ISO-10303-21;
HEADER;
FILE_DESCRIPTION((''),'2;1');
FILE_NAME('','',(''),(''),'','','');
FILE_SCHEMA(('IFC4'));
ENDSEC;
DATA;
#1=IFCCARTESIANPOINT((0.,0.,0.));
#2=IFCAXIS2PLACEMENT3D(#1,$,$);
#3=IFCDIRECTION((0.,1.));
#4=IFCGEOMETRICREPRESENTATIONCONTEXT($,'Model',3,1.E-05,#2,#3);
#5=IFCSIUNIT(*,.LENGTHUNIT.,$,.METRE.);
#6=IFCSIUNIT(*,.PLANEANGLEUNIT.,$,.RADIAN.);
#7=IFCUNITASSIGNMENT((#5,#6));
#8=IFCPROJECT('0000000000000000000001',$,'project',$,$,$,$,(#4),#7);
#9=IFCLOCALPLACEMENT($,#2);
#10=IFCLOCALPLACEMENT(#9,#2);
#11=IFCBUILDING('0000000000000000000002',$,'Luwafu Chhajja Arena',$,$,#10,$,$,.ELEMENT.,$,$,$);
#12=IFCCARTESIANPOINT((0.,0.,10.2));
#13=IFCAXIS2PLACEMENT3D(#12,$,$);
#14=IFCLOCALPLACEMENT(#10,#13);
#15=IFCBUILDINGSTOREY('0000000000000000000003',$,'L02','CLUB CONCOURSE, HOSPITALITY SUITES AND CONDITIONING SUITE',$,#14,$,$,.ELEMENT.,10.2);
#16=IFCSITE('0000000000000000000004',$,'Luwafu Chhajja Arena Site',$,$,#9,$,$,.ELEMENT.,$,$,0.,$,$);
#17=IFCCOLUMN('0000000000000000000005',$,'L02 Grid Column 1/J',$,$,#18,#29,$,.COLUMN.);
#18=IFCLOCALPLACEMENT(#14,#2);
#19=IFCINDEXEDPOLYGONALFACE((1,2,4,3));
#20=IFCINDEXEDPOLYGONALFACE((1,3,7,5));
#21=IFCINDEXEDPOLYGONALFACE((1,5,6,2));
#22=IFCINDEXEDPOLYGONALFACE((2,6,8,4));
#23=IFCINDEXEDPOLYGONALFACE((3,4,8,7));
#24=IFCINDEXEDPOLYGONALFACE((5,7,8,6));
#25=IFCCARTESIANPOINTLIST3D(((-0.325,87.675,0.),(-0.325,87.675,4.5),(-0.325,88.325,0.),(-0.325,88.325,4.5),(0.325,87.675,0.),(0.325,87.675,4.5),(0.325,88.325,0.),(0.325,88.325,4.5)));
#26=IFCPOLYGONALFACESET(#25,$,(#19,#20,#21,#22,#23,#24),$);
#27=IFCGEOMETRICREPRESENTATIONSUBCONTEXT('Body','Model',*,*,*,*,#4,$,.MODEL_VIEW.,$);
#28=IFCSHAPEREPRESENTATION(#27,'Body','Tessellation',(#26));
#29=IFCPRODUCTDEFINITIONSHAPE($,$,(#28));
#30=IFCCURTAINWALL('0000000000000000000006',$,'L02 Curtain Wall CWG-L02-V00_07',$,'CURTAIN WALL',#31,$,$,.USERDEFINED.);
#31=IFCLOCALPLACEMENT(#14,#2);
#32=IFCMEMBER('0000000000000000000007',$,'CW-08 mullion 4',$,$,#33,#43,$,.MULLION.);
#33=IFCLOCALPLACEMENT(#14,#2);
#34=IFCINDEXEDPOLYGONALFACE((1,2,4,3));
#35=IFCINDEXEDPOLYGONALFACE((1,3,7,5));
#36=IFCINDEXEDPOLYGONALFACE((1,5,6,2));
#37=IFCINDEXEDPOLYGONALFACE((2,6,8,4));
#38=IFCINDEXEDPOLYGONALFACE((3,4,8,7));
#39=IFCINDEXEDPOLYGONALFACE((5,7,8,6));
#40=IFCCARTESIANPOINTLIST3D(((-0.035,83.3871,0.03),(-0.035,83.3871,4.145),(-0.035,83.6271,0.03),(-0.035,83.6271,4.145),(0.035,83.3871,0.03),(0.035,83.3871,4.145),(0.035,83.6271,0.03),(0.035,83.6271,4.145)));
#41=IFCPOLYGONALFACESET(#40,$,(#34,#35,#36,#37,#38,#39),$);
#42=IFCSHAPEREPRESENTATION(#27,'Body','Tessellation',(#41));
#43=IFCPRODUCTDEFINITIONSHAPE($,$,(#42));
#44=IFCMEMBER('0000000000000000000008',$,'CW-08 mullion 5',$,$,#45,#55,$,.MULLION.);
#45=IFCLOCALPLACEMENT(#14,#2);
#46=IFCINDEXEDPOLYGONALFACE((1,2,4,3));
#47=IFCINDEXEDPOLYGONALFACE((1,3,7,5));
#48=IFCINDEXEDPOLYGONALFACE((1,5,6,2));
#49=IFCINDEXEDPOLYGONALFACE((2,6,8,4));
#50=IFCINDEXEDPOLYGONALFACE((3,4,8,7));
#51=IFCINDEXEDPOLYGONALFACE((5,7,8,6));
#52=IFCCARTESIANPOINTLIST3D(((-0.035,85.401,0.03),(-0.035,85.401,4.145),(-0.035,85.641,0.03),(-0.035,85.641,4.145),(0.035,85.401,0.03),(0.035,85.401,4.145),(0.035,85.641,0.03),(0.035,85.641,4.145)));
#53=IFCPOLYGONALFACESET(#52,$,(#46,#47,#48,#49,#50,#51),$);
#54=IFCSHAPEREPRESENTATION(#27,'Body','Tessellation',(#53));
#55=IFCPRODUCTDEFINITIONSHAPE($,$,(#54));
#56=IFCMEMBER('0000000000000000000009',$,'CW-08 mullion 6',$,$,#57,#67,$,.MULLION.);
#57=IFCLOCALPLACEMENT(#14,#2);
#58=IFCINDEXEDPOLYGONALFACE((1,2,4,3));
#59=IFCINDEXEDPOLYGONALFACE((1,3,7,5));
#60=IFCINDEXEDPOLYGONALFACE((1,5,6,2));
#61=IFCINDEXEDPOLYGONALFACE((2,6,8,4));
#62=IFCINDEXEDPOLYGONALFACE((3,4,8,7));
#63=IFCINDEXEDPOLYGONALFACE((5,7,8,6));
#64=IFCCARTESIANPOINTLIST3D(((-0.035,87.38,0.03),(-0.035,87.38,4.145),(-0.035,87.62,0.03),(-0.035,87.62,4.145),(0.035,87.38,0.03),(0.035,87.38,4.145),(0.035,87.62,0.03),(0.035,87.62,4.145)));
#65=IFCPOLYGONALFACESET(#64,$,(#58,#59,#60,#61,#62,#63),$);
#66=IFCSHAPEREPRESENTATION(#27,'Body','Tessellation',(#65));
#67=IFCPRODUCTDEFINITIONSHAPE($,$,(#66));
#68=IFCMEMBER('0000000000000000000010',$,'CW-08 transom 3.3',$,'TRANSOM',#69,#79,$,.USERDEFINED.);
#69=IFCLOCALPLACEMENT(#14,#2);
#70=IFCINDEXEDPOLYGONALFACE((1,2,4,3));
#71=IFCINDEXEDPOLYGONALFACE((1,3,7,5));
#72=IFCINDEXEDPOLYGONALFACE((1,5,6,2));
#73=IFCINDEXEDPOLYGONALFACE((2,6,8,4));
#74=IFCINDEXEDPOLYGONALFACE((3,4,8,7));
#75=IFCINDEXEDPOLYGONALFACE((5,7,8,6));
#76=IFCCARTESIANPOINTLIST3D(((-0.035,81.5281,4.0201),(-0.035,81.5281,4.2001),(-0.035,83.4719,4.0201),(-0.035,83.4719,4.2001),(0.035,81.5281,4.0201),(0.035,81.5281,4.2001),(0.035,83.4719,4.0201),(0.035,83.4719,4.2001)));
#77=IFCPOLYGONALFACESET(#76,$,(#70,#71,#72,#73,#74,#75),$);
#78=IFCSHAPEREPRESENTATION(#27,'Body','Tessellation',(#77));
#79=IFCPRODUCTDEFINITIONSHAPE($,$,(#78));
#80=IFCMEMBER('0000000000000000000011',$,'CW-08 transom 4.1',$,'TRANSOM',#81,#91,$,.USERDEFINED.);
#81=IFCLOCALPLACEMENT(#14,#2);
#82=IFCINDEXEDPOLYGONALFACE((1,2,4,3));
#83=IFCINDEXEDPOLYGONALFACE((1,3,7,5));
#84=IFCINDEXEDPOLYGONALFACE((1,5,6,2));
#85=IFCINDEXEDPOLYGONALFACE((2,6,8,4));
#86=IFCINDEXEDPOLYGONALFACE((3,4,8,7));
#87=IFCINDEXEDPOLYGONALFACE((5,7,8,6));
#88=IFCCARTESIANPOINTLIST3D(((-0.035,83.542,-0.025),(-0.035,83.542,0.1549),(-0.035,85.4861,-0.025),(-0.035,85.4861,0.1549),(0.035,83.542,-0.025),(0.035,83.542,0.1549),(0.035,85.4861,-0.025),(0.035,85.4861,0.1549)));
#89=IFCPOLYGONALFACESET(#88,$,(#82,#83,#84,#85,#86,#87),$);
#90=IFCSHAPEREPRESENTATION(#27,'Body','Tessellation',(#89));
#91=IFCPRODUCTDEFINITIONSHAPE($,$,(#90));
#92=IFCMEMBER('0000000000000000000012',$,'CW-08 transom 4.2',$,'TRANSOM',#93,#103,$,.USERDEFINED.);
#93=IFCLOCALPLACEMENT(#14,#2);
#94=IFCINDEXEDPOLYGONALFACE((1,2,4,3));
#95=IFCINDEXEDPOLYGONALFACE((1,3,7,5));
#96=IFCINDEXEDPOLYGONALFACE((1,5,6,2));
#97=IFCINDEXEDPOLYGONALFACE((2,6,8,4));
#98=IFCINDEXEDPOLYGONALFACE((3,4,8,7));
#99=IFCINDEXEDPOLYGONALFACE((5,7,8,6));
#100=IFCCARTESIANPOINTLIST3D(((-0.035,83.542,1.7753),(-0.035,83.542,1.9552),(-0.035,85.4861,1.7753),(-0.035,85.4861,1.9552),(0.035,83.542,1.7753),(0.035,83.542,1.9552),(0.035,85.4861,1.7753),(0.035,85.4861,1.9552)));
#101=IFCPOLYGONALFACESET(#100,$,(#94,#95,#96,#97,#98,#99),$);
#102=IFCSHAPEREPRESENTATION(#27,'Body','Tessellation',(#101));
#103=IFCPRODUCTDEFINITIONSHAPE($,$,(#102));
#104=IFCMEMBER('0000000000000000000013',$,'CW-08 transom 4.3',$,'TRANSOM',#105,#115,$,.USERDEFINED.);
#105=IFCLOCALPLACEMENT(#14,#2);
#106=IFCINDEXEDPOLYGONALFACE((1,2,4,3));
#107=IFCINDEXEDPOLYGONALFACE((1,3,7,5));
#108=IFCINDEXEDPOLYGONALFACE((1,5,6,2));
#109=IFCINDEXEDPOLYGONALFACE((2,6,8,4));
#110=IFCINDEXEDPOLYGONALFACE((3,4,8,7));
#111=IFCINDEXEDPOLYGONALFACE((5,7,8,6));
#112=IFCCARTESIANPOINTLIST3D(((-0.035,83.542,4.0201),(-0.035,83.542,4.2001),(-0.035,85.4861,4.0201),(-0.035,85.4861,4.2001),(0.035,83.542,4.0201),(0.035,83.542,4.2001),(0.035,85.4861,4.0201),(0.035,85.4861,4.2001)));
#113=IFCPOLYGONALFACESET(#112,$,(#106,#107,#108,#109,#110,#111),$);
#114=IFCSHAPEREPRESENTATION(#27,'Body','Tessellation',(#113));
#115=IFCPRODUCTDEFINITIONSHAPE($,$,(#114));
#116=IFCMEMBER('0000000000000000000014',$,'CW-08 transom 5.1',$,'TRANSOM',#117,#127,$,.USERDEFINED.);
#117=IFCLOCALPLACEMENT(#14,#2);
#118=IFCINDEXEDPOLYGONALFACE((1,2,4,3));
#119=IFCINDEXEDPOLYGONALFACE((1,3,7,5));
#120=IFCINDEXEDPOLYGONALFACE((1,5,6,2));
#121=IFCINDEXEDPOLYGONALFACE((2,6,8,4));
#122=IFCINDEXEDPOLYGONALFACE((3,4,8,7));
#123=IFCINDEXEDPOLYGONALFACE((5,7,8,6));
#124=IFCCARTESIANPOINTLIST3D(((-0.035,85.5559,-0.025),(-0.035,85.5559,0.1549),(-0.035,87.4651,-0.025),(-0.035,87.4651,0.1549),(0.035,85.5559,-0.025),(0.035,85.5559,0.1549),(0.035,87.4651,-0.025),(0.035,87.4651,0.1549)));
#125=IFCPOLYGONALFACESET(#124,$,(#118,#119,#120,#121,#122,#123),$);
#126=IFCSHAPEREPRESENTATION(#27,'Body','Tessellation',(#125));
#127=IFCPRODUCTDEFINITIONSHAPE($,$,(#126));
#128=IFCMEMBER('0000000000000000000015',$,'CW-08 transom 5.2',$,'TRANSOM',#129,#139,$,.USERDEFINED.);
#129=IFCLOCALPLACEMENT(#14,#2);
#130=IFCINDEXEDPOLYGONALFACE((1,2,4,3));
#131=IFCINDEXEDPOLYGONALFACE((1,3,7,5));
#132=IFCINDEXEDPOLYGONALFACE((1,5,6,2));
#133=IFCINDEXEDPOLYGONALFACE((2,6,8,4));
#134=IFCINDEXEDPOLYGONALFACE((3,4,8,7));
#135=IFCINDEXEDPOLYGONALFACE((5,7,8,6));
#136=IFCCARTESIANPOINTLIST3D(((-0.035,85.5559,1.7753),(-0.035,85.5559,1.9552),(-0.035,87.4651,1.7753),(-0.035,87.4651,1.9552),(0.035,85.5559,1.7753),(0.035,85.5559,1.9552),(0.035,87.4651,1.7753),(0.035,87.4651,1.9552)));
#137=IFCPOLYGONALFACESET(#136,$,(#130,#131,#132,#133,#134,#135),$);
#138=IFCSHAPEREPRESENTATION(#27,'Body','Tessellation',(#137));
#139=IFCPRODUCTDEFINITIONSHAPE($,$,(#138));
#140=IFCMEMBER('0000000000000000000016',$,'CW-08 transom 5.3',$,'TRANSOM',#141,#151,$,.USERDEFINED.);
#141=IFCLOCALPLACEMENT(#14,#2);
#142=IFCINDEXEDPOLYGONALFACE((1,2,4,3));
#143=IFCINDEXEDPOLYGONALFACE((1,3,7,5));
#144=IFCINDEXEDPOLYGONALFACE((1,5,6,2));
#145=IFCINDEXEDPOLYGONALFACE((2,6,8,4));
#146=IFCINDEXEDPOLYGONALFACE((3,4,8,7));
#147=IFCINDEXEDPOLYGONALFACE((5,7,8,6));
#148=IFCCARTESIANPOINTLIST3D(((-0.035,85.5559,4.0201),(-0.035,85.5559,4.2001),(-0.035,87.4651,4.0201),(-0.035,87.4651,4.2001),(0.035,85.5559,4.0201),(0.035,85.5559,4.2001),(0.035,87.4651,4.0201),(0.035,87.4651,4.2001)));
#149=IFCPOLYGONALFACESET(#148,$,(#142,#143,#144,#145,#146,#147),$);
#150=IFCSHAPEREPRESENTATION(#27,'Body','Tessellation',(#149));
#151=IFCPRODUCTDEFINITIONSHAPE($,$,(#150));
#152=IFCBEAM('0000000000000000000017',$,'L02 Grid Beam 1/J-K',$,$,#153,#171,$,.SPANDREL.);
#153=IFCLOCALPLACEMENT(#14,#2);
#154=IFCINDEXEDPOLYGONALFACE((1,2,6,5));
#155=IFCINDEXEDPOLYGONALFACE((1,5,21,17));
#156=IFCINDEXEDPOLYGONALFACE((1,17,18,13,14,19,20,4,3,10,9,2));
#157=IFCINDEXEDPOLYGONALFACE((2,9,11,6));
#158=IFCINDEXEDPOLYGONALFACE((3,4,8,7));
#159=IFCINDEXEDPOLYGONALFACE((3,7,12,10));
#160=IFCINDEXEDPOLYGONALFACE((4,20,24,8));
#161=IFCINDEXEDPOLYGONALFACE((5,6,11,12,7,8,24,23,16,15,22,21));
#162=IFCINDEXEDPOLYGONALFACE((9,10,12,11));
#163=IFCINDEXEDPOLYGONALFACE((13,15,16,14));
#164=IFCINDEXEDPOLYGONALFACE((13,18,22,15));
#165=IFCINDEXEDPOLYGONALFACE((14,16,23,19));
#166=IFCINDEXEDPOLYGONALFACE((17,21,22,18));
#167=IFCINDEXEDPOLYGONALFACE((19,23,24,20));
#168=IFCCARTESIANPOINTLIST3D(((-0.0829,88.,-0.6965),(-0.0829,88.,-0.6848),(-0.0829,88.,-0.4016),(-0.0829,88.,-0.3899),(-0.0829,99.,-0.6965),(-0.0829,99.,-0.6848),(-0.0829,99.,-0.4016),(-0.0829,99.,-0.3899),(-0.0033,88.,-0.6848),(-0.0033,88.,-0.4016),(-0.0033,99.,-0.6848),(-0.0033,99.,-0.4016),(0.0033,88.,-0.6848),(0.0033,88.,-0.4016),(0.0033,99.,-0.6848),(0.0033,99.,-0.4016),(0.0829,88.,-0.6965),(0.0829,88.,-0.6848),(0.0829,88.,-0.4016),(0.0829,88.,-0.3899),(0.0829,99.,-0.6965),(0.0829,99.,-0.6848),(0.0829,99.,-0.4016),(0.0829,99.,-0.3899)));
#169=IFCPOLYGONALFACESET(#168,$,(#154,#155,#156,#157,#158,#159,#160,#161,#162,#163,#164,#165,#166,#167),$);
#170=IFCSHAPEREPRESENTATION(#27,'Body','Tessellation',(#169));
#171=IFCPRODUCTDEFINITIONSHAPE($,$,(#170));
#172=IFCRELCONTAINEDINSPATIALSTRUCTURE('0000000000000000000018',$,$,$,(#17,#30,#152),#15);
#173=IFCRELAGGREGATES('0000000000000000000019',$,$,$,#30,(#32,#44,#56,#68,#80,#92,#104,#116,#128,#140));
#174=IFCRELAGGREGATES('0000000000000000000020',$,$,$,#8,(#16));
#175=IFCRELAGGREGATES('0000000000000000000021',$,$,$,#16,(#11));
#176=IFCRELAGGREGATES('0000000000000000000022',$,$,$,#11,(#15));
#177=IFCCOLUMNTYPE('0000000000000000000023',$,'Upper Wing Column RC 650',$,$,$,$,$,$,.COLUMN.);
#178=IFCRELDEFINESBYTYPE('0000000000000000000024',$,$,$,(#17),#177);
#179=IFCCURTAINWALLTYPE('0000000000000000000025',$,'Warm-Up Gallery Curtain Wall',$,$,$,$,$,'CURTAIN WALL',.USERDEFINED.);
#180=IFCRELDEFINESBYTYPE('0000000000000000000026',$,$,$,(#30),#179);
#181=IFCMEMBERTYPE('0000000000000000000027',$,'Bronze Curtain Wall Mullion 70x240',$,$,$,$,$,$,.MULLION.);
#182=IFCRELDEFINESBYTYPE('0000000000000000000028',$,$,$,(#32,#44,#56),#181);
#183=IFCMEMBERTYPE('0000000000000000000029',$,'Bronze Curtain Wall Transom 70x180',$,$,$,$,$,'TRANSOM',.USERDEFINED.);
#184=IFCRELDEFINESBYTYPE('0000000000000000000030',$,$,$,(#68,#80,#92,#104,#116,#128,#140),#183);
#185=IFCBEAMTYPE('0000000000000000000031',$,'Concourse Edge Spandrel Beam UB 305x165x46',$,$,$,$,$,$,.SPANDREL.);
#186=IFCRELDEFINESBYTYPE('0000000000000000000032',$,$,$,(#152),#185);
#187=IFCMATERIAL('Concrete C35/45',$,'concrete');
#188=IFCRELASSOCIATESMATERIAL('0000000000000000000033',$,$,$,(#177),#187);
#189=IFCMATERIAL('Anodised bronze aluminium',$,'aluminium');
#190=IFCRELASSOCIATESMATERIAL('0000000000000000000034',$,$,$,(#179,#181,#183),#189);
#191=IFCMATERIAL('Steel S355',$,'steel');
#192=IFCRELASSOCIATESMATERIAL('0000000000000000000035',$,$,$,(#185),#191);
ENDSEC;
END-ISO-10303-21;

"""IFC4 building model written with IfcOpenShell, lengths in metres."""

from ifc_helpers import new_model, si_unit, direction, frame, origin, origin_2d, place, context, subcontext, project, spatial, rectangle, i_section, extrude, material, material_profile, profile_set, type_object, element, aggregate, save


model = new_model("IFC4")

# Units and contexts
model_context = context("Model", 3, precision=1e-05, world=origin(), true_north=direction((0.0, 1.0)))
body_context = subcontext(model_context, "Body", "Model", "MODEL_VIEW")
ifc_project = project(units=[si_unit("LENGTHUNIT", "METRE"), si_unit("PLANEANGLEUNIT", "RADIAN")], contexts=[model_context])

# Site, building, storey
site_placement = place(None, origin())
site = spatial("IfcSite", under=ifc_project, at=site_placement, Name="Luwafu Chhajja Arena Site", CompositionType="ELEMENT", RefElevation=0.0)
building_placement = place(site_placement, origin())
building = spatial("IfcBuilding", under=site, at=building_placement, Name="Luwafu Chhajja Arena", CompositionType="ELEMENT")
storey_placement = place(building_placement, frame((0.0, 0.0, 10.2)))
storey = spatial("IfcBuildingStorey", under=building, at=storey_placement, Name="L02", Description="CLUB CONCOURSE, HOSPITALITY SUITES AND CONDITIONING SUITE", CompositionType="ELEMENT", Elevation=10.2)

# Column
ifc_material_1 = material(Name="Concrete C35/45", Category="concrete")
ifc_material_profile_1 = material_profile(ifc_material_1, rectangle(XDim=0.6499, YDim=0.6499, at=origin_2d()), Name="RC 650x650")
ifc_profile_set_1 = profile_set([ifc_material_profile_1], Name="Concrete C35/45")
column_type = type_object("IfcColumnType", Name="Upper Wing Column RC 650", PredefinedType="COLUMN", material=ifc_profile_set_1)
column_placement = place(storey_placement, frame((0.0, 88.0, 0.0), z_axis=(0.0, 0.0, 1.0), x_axis=(1.0, 0.0, 0.0)))
element("IfcColumn", 1, at=column_placement, inside=storey, type_object=column_type, Name="L02 Grid Column 1/J", PredefinedType="COLUMN", context=body_context, shape_type="SweptSolid", body=[
    extrude(rectangle(XDim=0.6499, YDim=0.6499, at=origin_2d()), origin(), (0.0, 0.0, 1.0), 4.5),
])

# Curtain wall, members
ifc_material_2 = material(Name="Anodised bronze aluminium", Category="aluminium")
curtain_wall_type = type_object("IfcCurtainWallType", Name="Warm-Up Gallery Curtain Wall", ElementType="CURTAIN WALL", PredefinedType="USERDEFINED", material=ifc_material_2)
curtain_wall_placement = place(storey_placement, origin())
curtain_wall = element("IfcCurtainWall", 2, at=curtain_wall_placement, inside=storey, type_object=curtain_wall_type, Name="L02 Curtain Wall CWG-L02-V00_07", ObjectType="CURTAIN WALL", PredefinedType="USERDEFINED")
ifc_material_profile_2 = material_profile(ifc_material_2, rectangle(XDim=0.0701, YDim=0.24, at=origin_2d()), Name="CWM 70x240")
ifc_profile_set_2 = profile_set([ifc_material_profile_2], Name="Anodised bronze aluminium")
member_type_1 = type_object("IfcMemberType", Name="Bronze Curtain Wall Mullion 70x240", PredefinedType="MULLION", material=ifc_profile_set_2)
member_1_placement = place(storey_placement, frame((0.0, 83.5071, 0.03), z_axis=(0.0, 0.0, 1.0), x_axis=(-1.0, 0.0, 0.0)))
member_1 = element("IfcMember", 3, at=member_1_placement, type_object=member_type_1, Name="CW-08 mullion 4", PredefinedType="MULLION", context=body_context, shape_type="SweptSolid", body=[
    extrude(rectangle(XDim=0.0701, YDim=0.24, at=origin_2d()), origin(), (0.0, 0.0, 1.0), 4.115),
])
member_2_placement = place(storey_placement, frame((0.0, 85.521, 0.03), z_axis=(0.0, 0.0, 1.0), x_axis=(-1.0, 0.0, 0.0)))
member_2 = element("IfcMember", 4, at=member_2_placement, type_object=member_type_1, Name="CW-08 mullion 5", PredefinedType="MULLION", context=body_context, shape_type="SweptSolid", body=[
    extrude(rectangle(XDim=0.0701, YDim=0.24, at=origin_2d()), origin(), (0.0, 0.0, 1.0), 4.115),
])
member_3_placement = place(storey_placement, frame((0.0, 87.5, 0.03), z_axis=(0.0, 0.0, 1.0), x_axis=(-1.0, 0.0, 0.0)))
member_3 = element("IfcMember", 5, at=member_3_placement, type_object=member_type_1, Name="CW-08 mullion 6", PredefinedType="MULLION", context=body_context, shape_type="SweptSolid", body=[
    extrude(rectangle(XDim=0.0701, YDim=0.24, at=origin_2d()), origin(), (0.0, 0.0, 1.0), 4.115),
])
ifc_material_profile_3 = material_profile(ifc_material_2, rectangle(XDim=0.0701, YDim=0.1799, at=origin_2d()), Name="CWT 70x180")
ifc_profile_set_3 = profile_set([ifc_material_profile_3], Name="Anodised bronze aluminium")
member_type_2 = type_object("IfcMemberType", Name="Bronze Curtain Wall Transom 70x180", ElementType="TRANSOM", PredefinedType="USERDEFINED", material=ifc_profile_set_3)
member_4_placement = place(storey_placement, frame((0.0, 81.5281, 4.1101), z_axis=(0.0, 1.0, 0.0), x_axis=(-1.0, 0.0, 0.0)))
member_4 = element("IfcMember", 6, at=member_4_placement, type_object=member_type_2, Name="CW-08 transom 3.3", ObjectType="TRANSOM", PredefinedType="USERDEFINED", context=body_context, shape_type="SweptSolid", body=[
    extrude(rectangle(XDim=0.0701, YDim=0.1799, at=origin_2d()), origin(), (0.0, 0.0, 1.0), 1.9438),
])
member_5_placement = place(storey_placement, frame((0.0, 83.542, 0.0649), z_axis=(0.0, 1.0, 0.0), x_axis=(-1.0, 0.0, 0.0)))
member_5 = element("IfcMember", 7, at=member_5_placement, type_object=member_type_2, Name="CW-08 transom 4.1", ObjectType="TRANSOM", PredefinedType="USERDEFINED", context=body_context, shape_type="SweptSolid", body=[
    extrude(rectangle(XDim=0.0701, YDim=0.1799, at=origin_2d()), origin(), (0.0, 0.0, 1.0), 1.9441),
])
member_6_placement = place(storey_placement, frame((0.0, 83.542, 1.8652), z_axis=(0.0, 1.0, 0.0), x_axis=(-1.0, 0.0, 0.0)))
member_6 = element("IfcMember", 8, at=member_6_placement, type_object=member_type_2, Name="CW-08 transom 4.2", ObjectType="TRANSOM", PredefinedType="USERDEFINED", context=body_context, shape_type="SweptSolid", body=[
    extrude(rectangle(XDim=0.0701, YDim=0.1799, at=origin_2d()), origin(), (0.0, 0.0, 1.0), 1.9441),
])
member_7_placement = place(storey_placement, frame((0.0, 83.542, 4.1101), z_axis=(0.0, 1.0, 0.0), x_axis=(-1.0, 0.0, 0.0)))
member_7 = element("IfcMember", 9, at=member_7_placement, type_object=member_type_2, Name="CW-08 transom 4.3", ObjectType="TRANSOM", PredefinedType="USERDEFINED", context=body_context, shape_type="SweptSolid", body=[
    extrude(rectangle(XDim=0.0701, YDim=0.1799, at=origin_2d()), origin(), (0.0, 0.0, 1.0), 1.9441),
])
member_8_placement = place(storey_placement, frame((0.0, 85.5559, 0.0649), z_axis=(0.0, 1.0, 0.0), x_axis=(-1.0, 0.0, 0.0)))
member_8 = element("IfcMember", 10, at=member_8_placement, type_object=member_type_2, Name="CW-08 transom 5.1", ObjectType="TRANSOM", PredefinedType="USERDEFINED", context=body_context, shape_type="SweptSolid", body=[
    extrude(rectangle(XDim=0.0701, YDim=0.1799, at=origin_2d()), origin(), (0.0, 0.0, 1.0), 1.9092),
])
member_9_placement = place(storey_placement, frame((0.0, 85.5559, 1.8652), z_axis=(0.0, 1.0, 0.0), x_axis=(-1.0, 0.0, 0.0)))
member_9 = element("IfcMember", 11, at=member_9_placement, type_object=member_type_2, Name="CW-08 transom 5.2", ObjectType="TRANSOM", PredefinedType="USERDEFINED", context=body_context, shape_type="SweptSolid", body=[
    extrude(rectangle(XDim=0.0701, YDim=0.1799, at=origin_2d()), origin(), (0.0, 0.0, 1.0), 1.9092),
])
member_10_placement = place(storey_placement, frame((0.0, 85.5559, 4.1101), z_axis=(0.0, 1.0, 0.0), x_axis=(-1.0, 0.0, 0.0)))
member_10 = element("IfcMember", 12, at=member_10_placement, type_object=member_type_2, Name="CW-08 transom 5.3", ObjectType="TRANSOM", PredefinedType="USERDEFINED", context=body_context, shape_type="SweptSolid", body=[
    extrude(rectangle(XDim=0.0701, YDim=0.1799, at=origin_2d()), origin(), (0.0, 0.0, 1.0), 1.9092),
])

# Beam
ifc_material_3 = material(Name="Steel S355", Category="steel")
ifc_material_profile_4 = material_profile(ifc_material_3, i_section(OverallWidth=0.1658, OverallDepth=0.3066, WebThickness=0.0066, FlangeThickness=0.0117, at=origin_2d()), Name="UB 305x165x46")
ifc_profile_set_4 = profile_set([ifc_material_profile_4], Name="Steel S355")
beam_type_1 = type_object("IfcBeamType", Name="Concourse Edge Spandrel Beam UB 305x165x46", PredefinedType="SPANDREL", material=ifc_profile_set_4)
beam_1_placement = place(storey_placement, frame((0.0, 88.0, -0.5432), z_axis=(0.0, 1.0, 0.0), x_axis=(-1.0, 0.0, 0.0)))
element("IfcBeam", 13, at=beam_1_placement, inside=storey, type_object=beam_type_1, Name="L02 Grid Beam 1/J-K", PredefinedType="SPANDREL", context=body_context, shape_type="SweptSolid", body=[
    extrude(i_section(OverallWidth=0.1658, OverallDepth=0.3066, WebThickness=0.0066, FlangeThickness=0.0117, at=origin_2d()), origin(), (0.0, 0.0, 1.0), 11.0),
])

aggregate(curtain_wall, [member_1, member_2, member_3, member_4, member_5, member_6, member_7, member_8, member_9, member_10])

save(model, "model.ifc")
